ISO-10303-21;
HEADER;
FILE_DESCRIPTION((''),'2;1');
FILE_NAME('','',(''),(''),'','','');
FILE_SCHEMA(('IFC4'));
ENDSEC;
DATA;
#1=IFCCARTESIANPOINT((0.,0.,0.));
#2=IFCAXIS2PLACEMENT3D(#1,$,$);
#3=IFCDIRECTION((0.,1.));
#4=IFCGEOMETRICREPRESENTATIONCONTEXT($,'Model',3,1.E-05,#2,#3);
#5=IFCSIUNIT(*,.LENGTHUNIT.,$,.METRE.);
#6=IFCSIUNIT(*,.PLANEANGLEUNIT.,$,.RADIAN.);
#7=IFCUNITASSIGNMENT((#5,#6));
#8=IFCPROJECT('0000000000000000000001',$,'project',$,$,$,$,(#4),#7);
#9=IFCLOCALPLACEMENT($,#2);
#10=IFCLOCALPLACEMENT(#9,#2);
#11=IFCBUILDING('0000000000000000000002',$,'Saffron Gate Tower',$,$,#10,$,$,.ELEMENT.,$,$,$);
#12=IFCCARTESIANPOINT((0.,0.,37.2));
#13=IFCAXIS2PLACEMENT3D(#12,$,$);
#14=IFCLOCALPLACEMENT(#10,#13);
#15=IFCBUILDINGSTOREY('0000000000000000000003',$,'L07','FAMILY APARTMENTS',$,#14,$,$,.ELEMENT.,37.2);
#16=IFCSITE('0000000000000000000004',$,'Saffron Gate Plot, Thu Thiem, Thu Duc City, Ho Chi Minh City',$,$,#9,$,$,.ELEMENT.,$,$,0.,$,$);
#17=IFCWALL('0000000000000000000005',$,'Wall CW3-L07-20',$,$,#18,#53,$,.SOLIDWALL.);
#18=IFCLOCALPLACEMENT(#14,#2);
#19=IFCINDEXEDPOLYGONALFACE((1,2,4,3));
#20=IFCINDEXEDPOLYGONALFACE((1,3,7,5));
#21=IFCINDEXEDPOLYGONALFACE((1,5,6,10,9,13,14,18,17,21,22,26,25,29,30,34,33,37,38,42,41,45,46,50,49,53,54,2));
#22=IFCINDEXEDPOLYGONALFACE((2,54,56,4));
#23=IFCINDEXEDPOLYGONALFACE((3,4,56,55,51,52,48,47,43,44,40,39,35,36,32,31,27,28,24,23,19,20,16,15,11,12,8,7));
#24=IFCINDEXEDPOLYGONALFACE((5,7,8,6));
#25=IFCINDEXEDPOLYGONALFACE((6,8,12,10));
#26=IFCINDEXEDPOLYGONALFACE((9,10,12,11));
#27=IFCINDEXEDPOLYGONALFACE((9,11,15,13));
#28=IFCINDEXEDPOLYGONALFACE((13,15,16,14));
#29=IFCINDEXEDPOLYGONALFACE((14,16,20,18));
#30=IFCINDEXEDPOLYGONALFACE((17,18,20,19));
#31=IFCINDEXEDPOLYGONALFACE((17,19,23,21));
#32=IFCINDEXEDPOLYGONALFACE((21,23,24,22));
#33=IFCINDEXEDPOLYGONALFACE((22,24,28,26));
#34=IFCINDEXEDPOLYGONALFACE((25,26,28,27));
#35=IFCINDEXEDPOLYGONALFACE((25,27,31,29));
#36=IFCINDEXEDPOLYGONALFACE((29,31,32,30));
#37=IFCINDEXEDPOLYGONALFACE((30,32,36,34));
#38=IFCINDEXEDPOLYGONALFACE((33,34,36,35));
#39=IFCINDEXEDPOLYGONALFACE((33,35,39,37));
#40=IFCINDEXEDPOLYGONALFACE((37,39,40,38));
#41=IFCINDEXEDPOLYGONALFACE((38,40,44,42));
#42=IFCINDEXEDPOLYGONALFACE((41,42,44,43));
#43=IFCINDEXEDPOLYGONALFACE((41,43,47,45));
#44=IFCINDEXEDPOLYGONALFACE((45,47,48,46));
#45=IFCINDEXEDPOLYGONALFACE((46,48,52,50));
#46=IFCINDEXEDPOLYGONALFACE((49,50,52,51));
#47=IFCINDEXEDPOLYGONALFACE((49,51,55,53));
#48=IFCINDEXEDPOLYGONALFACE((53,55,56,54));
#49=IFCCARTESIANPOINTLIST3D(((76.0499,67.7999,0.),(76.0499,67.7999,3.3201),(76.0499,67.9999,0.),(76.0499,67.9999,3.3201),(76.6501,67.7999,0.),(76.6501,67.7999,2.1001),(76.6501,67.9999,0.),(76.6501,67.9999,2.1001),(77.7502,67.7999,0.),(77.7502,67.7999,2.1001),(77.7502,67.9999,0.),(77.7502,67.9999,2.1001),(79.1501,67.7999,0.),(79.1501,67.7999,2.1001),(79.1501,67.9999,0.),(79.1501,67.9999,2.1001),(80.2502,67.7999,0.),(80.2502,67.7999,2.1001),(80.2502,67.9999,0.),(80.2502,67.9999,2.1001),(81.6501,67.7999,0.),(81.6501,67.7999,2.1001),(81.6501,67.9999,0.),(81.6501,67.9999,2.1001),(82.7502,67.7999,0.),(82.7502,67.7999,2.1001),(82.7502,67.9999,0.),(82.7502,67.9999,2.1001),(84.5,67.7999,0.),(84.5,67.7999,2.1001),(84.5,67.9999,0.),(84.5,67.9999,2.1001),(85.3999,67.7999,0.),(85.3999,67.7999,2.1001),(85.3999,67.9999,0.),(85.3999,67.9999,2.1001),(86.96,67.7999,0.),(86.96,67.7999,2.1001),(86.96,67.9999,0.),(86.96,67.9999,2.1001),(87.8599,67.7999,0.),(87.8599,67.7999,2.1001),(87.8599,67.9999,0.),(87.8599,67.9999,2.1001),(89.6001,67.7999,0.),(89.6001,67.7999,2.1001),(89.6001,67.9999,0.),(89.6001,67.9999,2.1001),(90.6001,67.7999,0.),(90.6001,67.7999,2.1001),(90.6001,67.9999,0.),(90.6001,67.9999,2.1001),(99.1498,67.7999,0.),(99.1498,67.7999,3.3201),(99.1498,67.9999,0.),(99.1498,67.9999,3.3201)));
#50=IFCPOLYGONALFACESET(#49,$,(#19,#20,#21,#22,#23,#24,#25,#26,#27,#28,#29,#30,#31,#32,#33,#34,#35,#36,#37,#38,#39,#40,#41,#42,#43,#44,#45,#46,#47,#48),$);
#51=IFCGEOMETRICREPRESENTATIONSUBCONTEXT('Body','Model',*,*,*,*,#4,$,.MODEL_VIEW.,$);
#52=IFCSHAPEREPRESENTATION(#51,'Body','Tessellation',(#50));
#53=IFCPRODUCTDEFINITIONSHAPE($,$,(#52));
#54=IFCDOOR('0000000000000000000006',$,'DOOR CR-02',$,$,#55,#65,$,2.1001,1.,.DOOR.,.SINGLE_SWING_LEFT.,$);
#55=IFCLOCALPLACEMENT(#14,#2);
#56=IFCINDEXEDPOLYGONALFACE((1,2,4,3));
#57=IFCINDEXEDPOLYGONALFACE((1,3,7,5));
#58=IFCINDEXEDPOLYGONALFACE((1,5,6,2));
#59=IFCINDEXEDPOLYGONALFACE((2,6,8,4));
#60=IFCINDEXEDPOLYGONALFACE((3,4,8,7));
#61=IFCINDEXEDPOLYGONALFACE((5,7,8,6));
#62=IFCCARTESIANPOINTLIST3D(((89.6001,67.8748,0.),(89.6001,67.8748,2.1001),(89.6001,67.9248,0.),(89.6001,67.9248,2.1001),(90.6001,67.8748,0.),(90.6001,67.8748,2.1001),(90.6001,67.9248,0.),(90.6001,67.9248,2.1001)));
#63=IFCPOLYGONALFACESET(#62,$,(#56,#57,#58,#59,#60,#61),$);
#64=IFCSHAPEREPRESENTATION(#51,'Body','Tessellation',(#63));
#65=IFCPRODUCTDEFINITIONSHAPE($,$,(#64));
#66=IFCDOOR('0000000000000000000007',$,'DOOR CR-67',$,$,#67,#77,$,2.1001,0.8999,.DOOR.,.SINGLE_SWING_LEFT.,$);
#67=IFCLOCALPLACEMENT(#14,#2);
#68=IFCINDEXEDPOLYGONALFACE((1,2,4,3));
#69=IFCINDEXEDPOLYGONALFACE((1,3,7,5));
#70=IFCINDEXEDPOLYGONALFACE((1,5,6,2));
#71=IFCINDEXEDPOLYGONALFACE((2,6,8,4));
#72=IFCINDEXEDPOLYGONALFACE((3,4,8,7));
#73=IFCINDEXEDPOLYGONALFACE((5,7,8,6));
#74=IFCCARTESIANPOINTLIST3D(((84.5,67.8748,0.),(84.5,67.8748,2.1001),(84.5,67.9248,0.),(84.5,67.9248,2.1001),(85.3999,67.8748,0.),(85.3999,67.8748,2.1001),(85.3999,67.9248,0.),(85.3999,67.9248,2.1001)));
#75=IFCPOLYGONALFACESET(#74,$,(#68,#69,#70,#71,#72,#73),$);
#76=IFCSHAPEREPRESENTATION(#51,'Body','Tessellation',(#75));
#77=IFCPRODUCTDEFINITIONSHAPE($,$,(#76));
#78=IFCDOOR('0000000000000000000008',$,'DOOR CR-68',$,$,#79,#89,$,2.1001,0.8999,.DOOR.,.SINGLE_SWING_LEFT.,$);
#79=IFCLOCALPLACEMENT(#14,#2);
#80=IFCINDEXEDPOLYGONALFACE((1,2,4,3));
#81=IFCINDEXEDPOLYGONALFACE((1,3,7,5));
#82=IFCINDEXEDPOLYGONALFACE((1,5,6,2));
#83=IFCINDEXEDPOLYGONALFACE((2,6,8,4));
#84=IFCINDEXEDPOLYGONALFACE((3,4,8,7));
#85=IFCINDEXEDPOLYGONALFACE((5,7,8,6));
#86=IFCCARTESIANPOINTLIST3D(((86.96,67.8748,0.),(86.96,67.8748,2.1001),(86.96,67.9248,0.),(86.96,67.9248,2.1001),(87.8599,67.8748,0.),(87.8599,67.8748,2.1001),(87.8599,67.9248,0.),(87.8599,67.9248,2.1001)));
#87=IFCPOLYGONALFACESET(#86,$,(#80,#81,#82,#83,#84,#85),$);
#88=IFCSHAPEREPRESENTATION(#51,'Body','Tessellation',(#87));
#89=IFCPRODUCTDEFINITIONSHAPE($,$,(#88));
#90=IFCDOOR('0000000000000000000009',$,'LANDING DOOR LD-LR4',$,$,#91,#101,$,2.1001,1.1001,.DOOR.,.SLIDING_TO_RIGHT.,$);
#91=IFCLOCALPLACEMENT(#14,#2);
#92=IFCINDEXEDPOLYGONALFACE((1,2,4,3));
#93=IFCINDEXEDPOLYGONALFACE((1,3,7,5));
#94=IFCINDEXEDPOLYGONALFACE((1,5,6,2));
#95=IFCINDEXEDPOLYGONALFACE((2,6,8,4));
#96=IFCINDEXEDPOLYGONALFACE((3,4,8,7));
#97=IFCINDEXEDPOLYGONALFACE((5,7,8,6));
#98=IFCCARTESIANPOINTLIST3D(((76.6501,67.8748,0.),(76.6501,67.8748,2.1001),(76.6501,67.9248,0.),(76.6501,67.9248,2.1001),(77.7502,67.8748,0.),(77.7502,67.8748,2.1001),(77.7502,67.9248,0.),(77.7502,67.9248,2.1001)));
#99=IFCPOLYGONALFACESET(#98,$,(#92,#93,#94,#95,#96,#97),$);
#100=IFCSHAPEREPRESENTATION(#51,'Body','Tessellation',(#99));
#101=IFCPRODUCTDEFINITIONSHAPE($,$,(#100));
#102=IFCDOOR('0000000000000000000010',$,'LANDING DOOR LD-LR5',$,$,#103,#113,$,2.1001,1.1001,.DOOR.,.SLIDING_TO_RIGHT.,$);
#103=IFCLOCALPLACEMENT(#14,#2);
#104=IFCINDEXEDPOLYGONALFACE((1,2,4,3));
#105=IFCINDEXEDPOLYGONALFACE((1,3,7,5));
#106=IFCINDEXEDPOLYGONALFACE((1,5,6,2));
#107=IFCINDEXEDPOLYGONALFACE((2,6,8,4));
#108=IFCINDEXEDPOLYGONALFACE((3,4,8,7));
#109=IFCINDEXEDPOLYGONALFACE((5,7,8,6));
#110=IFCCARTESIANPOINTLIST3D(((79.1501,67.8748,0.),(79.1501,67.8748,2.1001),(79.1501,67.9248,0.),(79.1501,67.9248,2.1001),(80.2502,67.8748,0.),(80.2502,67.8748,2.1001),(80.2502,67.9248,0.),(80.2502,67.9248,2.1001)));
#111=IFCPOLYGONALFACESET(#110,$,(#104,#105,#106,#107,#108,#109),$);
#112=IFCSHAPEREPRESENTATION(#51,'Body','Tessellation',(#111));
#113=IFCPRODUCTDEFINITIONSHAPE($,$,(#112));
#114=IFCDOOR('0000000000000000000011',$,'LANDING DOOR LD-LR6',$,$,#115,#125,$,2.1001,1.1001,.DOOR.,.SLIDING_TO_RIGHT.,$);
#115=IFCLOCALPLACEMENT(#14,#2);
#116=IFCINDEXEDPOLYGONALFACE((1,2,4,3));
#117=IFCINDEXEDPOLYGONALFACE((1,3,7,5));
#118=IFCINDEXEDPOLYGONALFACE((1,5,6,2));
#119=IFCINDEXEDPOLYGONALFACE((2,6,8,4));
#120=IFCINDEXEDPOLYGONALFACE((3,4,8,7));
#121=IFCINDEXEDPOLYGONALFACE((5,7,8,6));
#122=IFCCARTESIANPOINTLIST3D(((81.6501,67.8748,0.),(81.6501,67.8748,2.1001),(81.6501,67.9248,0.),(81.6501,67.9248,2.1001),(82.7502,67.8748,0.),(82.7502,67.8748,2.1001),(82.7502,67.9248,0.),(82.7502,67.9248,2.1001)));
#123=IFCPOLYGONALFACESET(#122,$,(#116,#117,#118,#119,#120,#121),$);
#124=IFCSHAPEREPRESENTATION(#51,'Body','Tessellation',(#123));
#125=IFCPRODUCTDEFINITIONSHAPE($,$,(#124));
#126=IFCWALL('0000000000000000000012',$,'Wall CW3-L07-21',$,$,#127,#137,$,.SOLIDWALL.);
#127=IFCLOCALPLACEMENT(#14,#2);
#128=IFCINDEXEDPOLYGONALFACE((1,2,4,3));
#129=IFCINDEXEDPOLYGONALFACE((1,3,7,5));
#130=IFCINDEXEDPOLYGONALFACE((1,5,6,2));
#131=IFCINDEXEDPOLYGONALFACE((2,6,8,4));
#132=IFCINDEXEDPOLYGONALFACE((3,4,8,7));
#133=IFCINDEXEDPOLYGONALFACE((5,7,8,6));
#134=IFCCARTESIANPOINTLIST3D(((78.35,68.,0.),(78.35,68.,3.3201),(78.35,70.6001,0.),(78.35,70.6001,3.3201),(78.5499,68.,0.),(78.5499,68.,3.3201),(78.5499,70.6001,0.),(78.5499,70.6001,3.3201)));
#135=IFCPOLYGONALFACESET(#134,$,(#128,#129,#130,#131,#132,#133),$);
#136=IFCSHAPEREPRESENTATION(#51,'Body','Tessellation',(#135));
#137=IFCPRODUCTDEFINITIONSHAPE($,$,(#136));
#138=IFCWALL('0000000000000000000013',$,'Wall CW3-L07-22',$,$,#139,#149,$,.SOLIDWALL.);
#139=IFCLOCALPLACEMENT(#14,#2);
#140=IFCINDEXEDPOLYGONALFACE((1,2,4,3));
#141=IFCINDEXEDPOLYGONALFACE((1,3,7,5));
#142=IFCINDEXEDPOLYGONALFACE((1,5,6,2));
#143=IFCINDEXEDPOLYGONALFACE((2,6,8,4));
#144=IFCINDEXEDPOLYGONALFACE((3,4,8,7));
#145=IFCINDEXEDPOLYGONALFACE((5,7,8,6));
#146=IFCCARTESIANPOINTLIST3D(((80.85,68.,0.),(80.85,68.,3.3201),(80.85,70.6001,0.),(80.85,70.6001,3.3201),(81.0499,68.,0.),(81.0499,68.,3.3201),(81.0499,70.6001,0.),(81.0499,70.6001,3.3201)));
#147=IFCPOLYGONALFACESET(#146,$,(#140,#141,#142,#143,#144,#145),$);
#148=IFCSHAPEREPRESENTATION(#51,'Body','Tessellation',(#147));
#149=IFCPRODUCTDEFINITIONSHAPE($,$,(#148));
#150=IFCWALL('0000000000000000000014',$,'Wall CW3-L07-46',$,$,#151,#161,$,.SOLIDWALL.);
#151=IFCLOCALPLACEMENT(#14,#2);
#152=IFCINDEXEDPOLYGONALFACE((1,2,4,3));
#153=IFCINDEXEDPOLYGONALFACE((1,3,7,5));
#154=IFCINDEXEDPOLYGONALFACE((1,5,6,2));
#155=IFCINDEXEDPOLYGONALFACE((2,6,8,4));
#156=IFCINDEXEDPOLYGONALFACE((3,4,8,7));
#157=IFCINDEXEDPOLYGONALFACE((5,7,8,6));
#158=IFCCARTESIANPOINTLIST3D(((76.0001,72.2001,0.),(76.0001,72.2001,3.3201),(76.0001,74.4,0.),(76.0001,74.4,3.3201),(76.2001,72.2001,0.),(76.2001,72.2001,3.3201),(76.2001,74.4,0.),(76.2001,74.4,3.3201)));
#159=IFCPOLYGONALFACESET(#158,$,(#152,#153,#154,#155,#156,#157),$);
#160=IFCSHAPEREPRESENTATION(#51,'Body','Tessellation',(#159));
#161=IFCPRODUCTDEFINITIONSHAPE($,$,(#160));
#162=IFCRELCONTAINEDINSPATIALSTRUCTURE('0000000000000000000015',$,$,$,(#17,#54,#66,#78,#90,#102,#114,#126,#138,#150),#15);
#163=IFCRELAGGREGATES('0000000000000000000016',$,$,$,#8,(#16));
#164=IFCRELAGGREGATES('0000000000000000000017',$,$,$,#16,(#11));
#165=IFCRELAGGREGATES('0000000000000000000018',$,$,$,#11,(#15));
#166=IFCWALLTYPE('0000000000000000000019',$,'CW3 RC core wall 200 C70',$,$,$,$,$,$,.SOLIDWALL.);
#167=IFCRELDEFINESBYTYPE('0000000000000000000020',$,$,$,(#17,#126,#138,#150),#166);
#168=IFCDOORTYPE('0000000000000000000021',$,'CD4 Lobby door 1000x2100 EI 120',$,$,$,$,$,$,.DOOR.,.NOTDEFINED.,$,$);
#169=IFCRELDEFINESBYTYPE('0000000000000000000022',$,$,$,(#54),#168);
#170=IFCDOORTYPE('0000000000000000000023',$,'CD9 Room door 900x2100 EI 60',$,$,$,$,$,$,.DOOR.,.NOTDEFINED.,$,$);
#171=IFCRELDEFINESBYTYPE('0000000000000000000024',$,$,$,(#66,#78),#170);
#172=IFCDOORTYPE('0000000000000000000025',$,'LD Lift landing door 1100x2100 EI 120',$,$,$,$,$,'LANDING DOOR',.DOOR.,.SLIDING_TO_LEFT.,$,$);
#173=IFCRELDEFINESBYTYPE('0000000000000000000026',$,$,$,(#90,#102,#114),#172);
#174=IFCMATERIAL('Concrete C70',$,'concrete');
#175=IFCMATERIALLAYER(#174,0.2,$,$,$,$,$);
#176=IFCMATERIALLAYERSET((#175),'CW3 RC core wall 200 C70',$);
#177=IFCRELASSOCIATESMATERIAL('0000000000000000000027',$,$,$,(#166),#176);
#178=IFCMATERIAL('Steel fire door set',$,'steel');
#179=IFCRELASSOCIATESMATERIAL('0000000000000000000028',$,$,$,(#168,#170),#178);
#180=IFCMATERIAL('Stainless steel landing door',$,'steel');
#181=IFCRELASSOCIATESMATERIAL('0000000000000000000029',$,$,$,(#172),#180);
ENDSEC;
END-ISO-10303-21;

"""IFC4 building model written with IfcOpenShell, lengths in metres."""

from ifc_helpers import new_model, si_unit, direction, frame, frame_2d, origin, place, context, subcontext, project, spatial, rectangle, extrude, material, layer, layer_set, type_object, element, fill, save


model = new_model("IFC4")

# Units and contexts
model_context = context("Model", 3, precision=1e-05, world=origin(), true_north=direction((0.0, 1.0)))
body_context = subcontext(model_context, "Body", "Model", "MODEL_VIEW")
ifc_project = project(units=[si_unit("LENGTHUNIT", "METRE"), si_unit("PLANEANGLEUNIT", "RADIAN")], contexts=[model_context])

# Site, building, storey
site_placement = place(None, origin())
site = spatial("IfcSite", under=ifc_project, at=site_placement, Name="Saffron Gate Plot, Thu Thiem, Thu Duc City, Ho Chi Minh City", CompositionType="ELEMENT", RefElevation=0.0)
building_placement = place(site_placement, origin())
building = spatial("IfcBuilding", under=site, at=building_placement, Name="Saffron Gate Tower", CompositionType="ELEMENT")
storey_placement = place(building_placement, frame((0.0, 0.0, 37.2)))
storey = spatial("IfcBuildingStorey", under=building, at=storey_placement, Name="L07", Description="FAMILY APARTMENTS", CompositionType="ELEMENT", Elevation=37.2)

# Shared definitions
ifc_material_1 = material(Name="Concrete C70", Category="concrete")
ifc_layer_1 = layer(ifc_material_1, 0.2)
ifc_layer_set_1 = layer_set([ifc_layer_1], Name="CW3 RC core wall 200 C70")
wall_type_1 = type_object("IfcWallType", Name="CW3 RC core wall 200 C70", PredefinedType="SOLIDWALL", material=ifc_layer_set_1)

# Wall, openings, doors
wall_1_placement = place(storey_placement, frame((76.05, 67.8999, 0.0), z_axis=(0.0, 0.0, 1.0), x_axis=(1.0, 0.0, 0.0)))
wall_1 = element("IfcWall", 1, at=wall_1_placement, inside=storey, type_object=wall_type_1, Name="Wall CW3-L07-20", PredefinedType="SOLIDWALL", context=body_context, shape_type="SweptSolid", body=[
    extrude(rectangle(XDim=23.0999, YDim=0.2, at=frame_2d((11.5498, 0.0))), origin(), (0.0, 0.0, 1.0), 3.3201),
])
opening_1_placement = place(wall_1_placement, frame((0.6001, 0.0, 0.0)))
opening_1 = element("IfcOpeningElement", 2, at=opening_1_placement, cuts=wall_1, PredefinedType="OPENING", context=body_context, shape_type="SweptSolid", body=[
    extrude(rectangle(XDim=1.1001, YDim=2.1001, at=frame_2d((0.55, 1.05))), frame((0.0, 0.1099, 0.0), z_axis=(0.0, -1.0, 0.0), x_axis=(1.0, 0.0, 0.0)), (0.0, 0.0, 1.0), 0.22),
])
opening_2_placement = place(wall_1_placement, frame((3.1001, 0.0, 0.0)))
opening_2 = element("IfcOpeningElement", 3, at=opening_2_placement, cuts=wall_1, PredefinedType="OPENING", context=body_context, shape_type="SweptSolid", body=[
    extrude(rectangle(XDim=1.1001, YDim=2.1001, at=frame_2d((0.55, 1.05))), frame((0.0, 0.1099, 0.0), z_axis=(0.0, -1.0, 0.0), x_axis=(1.0, 0.0, 0.0)), (0.0, 0.0, 1.0), 0.22),
])
opening_3_placement = place(wall_1_placement, frame((5.6001, 0.0, 0.0)))
opening_3 = element("IfcOpeningElement", 4, at=opening_3_placement, cuts=wall_1, PredefinedType="OPENING", context=body_context, shape_type="SweptSolid", body=[
    extrude(rectangle(XDim=1.1001, YDim=2.1001, at=frame_2d((0.55, 1.05))), frame((0.0, 0.1099, 0.0), z_axis=(0.0, -1.0, 0.0), x_axis=(1.0, 0.0, 0.0)), (0.0, 0.0, 1.0), 0.22),
])
opening_4_placement = place(wall_1_placement, frame((8.45, 0.0, 0.0)))
opening_4 = element("IfcOpeningElement", 5, at=opening_4_placement, cuts=wall_1, PredefinedType="OPENING", context=body_context, shape_type="SweptSolid", body=[
    extrude(rectangle(XDim=0.8999, YDim=2.1001, at=frame_2d((0.45, 1.05))), frame((0.0, 0.1099, 0.0), z_axis=(0.0, -1.0, 0.0), x_axis=(1.0, 0.0, 0.0)), (0.0, 0.0, 1.0), 0.22),
])
opening_5_placement = place(wall_1_placement, frame((10.9099, 0.0, 0.0)))
opening_5 = element("IfcOpeningElement", 6, at=opening_5_placement, cuts=wall_1, PredefinedType="OPENING", context=body_context, shape_type="SweptSolid", body=[
    extrude(rectangle(XDim=0.8999, YDim=2.1001, at=frame_2d((0.45, 1.05))), frame((0.0, 0.1099, 0.0), z_axis=(0.0, -1.0, 0.0), x_axis=(1.0, 0.0, 0.0)), (0.0, 0.0, 1.0), 0.22),
])
opening_6_placement = place(wall_1_placement, frame((13.55, 0.0, 0.0)))
opening_6 = element("IfcOpeningElement", 7, at=opening_6_placement, cuts=wall_1, PredefinedType="OPENING", context=body_context, shape_type="SweptSolid", body=[
    extrude(rectangle(XDim=1.0, YDim=2.1001, at=frame_2d((0.5, 1.05))), frame((0.0, 0.1099, 0.0), z_axis=(0.0, -1.0, 0.0), x_axis=(1.0, 0.0, 0.0)), (0.0, 0.0, 1.0), 0.22),
])
ifc_material_2 = material(Name="Steel fire door set", Category="steel")
door_type_1 = type_object("IfcDoorType", Name="CD4 Lobby door 1000x2100 EI 120", OperationType="NOTDEFINED", PredefinedType="DOOR", material=ifc_material_2)
door_1_placement = place(opening_6_placement, origin())
door_1 = element("IfcDoor", 8, at=door_1_placement, inside=storey, type_object=door_type_1, Name="DOOR CR-02", OperationType="SINGLE_SWING_LEFT", OverallHeight=2.1001, OverallWidth=1.0, PredefinedType="DOOR", context=body_context, shape_type="SweptSolid", body=[
    extrude(rectangle(XDim=1.0, YDim=2.1001, at=frame_2d((0.5, 1.05))), frame((0.0, 0.0249, 0.0), z_axis=(0.0, -1.0, 0.0), x_axis=(1.0, 0.0, 0.0)), (0.0, 0.0, 1.0), 0.05),
])
fill(opening_6, door_1)
door_type_2 = type_object("IfcDoorType", Name="CD9 Room door 900x2100 EI 60", OperationType="NOTDEFINED", PredefinedType="DOOR", material=ifc_material_2)
door_2_placement = place(opening_4_placement, origin())
door_2 = element("IfcDoor", 9, at=door_2_placement, inside=storey, type_object=door_type_2, Name="DOOR CR-67", OperationType="SINGLE_SWING_LEFT", OverallHeight=2.1001, OverallWidth=0.8999, PredefinedType="DOOR", context=body_context, shape_type="SweptSolid", body=[
    extrude(rectangle(XDim=0.8999, YDim=2.1001, at=frame_2d((0.45, 1.05))), frame((0.0, 0.0249, 0.0), z_axis=(0.0, -1.0, 0.0), x_axis=(1.0, 0.0, 0.0)), (0.0, 0.0, 1.0), 0.05),
])
fill(opening_4, door_2)
door_3_placement = place(opening_5_placement, origin())
door_3 = element("IfcDoor", 10, at=door_3_placement, inside=storey, type_object=door_type_2, Name="DOOR CR-68", OperationType="SINGLE_SWING_LEFT", OverallHeight=2.1001, OverallWidth=0.8999, PredefinedType="DOOR", context=body_context, shape_type="SweptSolid", body=[
    extrude(rectangle(XDim=0.8999, YDim=2.1001, at=frame_2d((0.45, 1.05))), frame((0.0, 0.0249, 0.0), z_axis=(0.0, -1.0, 0.0), x_axis=(1.0, 0.0, 0.0)), (0.0, 0.0, 1.0), 0.05),
])
fill(opening_5, door_3)
ifc_material_3 = material(Name="Stainless steel landing door", Category="steel")
door_type_3 = type_object("IfcDoorType", Name="LD Lift landing door 1100x2100 EI 120", ElementType="LANDING DOOR", OperationType="SLIDING_TO_LEFT", PredefinedType="DOOR", material=ifc_material_3)
door_4_placement = place(opening_1_placement, origin())
door_4 = element("IfcDoor", 11, at=door_4_placement, inside=storey, type_object=door_type_3, Name="LANDING DOOR LD-LR4", OperationType="SLIDING_TO_RIGHT", OverallHeight=2.1001, OverallWidth=1.1001, PredefinedType="DOOR", context=body_context, shape_type="SweptSolid", body=[
    extrude(rectangle(XDim=1.1001, YDim=2.1001, at=frame_2d((0.55, 1.05))), frame((0.0, 0.0249, 0.0), z_axis=(0.0, -1.0, 0.0), x_axis=(1.0, 0.0, 0.0)), (0.0, 0.0, 1.0), 0.05),
])
fill(opening_1, door_4)
door_5_placement = place(opening_2_placement, origin())
door_5 = element("IfcDoor", 12, at=door_5_placement, inside=storey, type_object=door_type_3, Name="LANDING DOOR LD-LR5", OperationType="SLIDING_TO_RIGHT", OverallHeight=2.1001, OverallWidth=1.1001, PredefinedType="DOOR", context=body_context, shape_type="SweptSolid", body=[
    extrude(rectangle(XDim=1.1001, YDim=2.1001, at=frame_2d((0.55, 1.05))), frame((0.0, 0.0249, 0.0), z_axis=(0.0, -1.0, 0.0), x_axis=(1.0, 0.0, 0.0)), (0.0, 0.0, 1.0), 0.05),
])
fill(opening_2, door_5)
door_6_placement = place(opening_3_placement, origin())
door_6 = element("IfcDoor", 13, at=door_6_placement, inside=storey, type_object=door_type_3, Name="LANDING DOOR LD-LR6", OperationType="SLIDING_TO_RIGHT", OverallHeight=2.1001, OverallWidth=1.1001, PredefinedType="DOOR", context=body_context, shape_type="SweptSolid", body=[
    extrude(rectangle(XDim=1.1001, YDim=2.1001, at=frame_2d((0.55, 1.05))), frame((0.0, 0.0249, 0.0), z_axis=(0.0, -1.0, 0.0), x_axis=(1.0, 0.0, 0.0)), (0.0, 0.0, 1.0), 0.05),
])
fill(opening_3, door_6)

# Walls
for number, where, z_axis, x_axis, name in (
    (14, (78.45, 68.0, 0.0), (0.0, 0.0, 1.0), (0.0, 1.0, 0.0), "Wall CW3-L07-21"),
    (15, (80.95, 68.0, 0.0), (0.0, 0.0, 1.0), (0.0, 1.0, 0.0), "Wall CW3-L07-22"),
):
    element("IfcWall", number, at=place(storey_placement, frame(where, z_axis=z_axis, x_axis=x_axis)), inside=storey, type_object=wall_type_1, Name=name, PredefinedType="SOLIDWALL", context=body_context, shape_type="SweptSolid", body=[
        extrude(rectangle(XDim=2.6001, YDim=0.2, at=frame_2d((1.3, 0.0))), origin(), (0.0, 0.0, 1.0), 3.3201),
    ])
wall_2_placement = place(storey_placement, frame((76.1001, 72.2, 0.0), z_axis=(0.0, 0.0, 1.0), x_axis=(0.0, 1.0, 0.0)))
element("IfcWall", 16, at=wall_2_placement, inside=storey, type_object=wall_type_1, Name="Wall CW3-L07-46", PredefinedType="SOLIDWALL", context=body_context, shape_type="SweptSolid", body=[
    extrude(rectangle(XDim=2.2, YDim=0.2, at=frame_2d((1.1001, 0.0))), origin(), (0.0, 0.0, 1.0), 3.3201),
])

save(model, "model.ifc")
